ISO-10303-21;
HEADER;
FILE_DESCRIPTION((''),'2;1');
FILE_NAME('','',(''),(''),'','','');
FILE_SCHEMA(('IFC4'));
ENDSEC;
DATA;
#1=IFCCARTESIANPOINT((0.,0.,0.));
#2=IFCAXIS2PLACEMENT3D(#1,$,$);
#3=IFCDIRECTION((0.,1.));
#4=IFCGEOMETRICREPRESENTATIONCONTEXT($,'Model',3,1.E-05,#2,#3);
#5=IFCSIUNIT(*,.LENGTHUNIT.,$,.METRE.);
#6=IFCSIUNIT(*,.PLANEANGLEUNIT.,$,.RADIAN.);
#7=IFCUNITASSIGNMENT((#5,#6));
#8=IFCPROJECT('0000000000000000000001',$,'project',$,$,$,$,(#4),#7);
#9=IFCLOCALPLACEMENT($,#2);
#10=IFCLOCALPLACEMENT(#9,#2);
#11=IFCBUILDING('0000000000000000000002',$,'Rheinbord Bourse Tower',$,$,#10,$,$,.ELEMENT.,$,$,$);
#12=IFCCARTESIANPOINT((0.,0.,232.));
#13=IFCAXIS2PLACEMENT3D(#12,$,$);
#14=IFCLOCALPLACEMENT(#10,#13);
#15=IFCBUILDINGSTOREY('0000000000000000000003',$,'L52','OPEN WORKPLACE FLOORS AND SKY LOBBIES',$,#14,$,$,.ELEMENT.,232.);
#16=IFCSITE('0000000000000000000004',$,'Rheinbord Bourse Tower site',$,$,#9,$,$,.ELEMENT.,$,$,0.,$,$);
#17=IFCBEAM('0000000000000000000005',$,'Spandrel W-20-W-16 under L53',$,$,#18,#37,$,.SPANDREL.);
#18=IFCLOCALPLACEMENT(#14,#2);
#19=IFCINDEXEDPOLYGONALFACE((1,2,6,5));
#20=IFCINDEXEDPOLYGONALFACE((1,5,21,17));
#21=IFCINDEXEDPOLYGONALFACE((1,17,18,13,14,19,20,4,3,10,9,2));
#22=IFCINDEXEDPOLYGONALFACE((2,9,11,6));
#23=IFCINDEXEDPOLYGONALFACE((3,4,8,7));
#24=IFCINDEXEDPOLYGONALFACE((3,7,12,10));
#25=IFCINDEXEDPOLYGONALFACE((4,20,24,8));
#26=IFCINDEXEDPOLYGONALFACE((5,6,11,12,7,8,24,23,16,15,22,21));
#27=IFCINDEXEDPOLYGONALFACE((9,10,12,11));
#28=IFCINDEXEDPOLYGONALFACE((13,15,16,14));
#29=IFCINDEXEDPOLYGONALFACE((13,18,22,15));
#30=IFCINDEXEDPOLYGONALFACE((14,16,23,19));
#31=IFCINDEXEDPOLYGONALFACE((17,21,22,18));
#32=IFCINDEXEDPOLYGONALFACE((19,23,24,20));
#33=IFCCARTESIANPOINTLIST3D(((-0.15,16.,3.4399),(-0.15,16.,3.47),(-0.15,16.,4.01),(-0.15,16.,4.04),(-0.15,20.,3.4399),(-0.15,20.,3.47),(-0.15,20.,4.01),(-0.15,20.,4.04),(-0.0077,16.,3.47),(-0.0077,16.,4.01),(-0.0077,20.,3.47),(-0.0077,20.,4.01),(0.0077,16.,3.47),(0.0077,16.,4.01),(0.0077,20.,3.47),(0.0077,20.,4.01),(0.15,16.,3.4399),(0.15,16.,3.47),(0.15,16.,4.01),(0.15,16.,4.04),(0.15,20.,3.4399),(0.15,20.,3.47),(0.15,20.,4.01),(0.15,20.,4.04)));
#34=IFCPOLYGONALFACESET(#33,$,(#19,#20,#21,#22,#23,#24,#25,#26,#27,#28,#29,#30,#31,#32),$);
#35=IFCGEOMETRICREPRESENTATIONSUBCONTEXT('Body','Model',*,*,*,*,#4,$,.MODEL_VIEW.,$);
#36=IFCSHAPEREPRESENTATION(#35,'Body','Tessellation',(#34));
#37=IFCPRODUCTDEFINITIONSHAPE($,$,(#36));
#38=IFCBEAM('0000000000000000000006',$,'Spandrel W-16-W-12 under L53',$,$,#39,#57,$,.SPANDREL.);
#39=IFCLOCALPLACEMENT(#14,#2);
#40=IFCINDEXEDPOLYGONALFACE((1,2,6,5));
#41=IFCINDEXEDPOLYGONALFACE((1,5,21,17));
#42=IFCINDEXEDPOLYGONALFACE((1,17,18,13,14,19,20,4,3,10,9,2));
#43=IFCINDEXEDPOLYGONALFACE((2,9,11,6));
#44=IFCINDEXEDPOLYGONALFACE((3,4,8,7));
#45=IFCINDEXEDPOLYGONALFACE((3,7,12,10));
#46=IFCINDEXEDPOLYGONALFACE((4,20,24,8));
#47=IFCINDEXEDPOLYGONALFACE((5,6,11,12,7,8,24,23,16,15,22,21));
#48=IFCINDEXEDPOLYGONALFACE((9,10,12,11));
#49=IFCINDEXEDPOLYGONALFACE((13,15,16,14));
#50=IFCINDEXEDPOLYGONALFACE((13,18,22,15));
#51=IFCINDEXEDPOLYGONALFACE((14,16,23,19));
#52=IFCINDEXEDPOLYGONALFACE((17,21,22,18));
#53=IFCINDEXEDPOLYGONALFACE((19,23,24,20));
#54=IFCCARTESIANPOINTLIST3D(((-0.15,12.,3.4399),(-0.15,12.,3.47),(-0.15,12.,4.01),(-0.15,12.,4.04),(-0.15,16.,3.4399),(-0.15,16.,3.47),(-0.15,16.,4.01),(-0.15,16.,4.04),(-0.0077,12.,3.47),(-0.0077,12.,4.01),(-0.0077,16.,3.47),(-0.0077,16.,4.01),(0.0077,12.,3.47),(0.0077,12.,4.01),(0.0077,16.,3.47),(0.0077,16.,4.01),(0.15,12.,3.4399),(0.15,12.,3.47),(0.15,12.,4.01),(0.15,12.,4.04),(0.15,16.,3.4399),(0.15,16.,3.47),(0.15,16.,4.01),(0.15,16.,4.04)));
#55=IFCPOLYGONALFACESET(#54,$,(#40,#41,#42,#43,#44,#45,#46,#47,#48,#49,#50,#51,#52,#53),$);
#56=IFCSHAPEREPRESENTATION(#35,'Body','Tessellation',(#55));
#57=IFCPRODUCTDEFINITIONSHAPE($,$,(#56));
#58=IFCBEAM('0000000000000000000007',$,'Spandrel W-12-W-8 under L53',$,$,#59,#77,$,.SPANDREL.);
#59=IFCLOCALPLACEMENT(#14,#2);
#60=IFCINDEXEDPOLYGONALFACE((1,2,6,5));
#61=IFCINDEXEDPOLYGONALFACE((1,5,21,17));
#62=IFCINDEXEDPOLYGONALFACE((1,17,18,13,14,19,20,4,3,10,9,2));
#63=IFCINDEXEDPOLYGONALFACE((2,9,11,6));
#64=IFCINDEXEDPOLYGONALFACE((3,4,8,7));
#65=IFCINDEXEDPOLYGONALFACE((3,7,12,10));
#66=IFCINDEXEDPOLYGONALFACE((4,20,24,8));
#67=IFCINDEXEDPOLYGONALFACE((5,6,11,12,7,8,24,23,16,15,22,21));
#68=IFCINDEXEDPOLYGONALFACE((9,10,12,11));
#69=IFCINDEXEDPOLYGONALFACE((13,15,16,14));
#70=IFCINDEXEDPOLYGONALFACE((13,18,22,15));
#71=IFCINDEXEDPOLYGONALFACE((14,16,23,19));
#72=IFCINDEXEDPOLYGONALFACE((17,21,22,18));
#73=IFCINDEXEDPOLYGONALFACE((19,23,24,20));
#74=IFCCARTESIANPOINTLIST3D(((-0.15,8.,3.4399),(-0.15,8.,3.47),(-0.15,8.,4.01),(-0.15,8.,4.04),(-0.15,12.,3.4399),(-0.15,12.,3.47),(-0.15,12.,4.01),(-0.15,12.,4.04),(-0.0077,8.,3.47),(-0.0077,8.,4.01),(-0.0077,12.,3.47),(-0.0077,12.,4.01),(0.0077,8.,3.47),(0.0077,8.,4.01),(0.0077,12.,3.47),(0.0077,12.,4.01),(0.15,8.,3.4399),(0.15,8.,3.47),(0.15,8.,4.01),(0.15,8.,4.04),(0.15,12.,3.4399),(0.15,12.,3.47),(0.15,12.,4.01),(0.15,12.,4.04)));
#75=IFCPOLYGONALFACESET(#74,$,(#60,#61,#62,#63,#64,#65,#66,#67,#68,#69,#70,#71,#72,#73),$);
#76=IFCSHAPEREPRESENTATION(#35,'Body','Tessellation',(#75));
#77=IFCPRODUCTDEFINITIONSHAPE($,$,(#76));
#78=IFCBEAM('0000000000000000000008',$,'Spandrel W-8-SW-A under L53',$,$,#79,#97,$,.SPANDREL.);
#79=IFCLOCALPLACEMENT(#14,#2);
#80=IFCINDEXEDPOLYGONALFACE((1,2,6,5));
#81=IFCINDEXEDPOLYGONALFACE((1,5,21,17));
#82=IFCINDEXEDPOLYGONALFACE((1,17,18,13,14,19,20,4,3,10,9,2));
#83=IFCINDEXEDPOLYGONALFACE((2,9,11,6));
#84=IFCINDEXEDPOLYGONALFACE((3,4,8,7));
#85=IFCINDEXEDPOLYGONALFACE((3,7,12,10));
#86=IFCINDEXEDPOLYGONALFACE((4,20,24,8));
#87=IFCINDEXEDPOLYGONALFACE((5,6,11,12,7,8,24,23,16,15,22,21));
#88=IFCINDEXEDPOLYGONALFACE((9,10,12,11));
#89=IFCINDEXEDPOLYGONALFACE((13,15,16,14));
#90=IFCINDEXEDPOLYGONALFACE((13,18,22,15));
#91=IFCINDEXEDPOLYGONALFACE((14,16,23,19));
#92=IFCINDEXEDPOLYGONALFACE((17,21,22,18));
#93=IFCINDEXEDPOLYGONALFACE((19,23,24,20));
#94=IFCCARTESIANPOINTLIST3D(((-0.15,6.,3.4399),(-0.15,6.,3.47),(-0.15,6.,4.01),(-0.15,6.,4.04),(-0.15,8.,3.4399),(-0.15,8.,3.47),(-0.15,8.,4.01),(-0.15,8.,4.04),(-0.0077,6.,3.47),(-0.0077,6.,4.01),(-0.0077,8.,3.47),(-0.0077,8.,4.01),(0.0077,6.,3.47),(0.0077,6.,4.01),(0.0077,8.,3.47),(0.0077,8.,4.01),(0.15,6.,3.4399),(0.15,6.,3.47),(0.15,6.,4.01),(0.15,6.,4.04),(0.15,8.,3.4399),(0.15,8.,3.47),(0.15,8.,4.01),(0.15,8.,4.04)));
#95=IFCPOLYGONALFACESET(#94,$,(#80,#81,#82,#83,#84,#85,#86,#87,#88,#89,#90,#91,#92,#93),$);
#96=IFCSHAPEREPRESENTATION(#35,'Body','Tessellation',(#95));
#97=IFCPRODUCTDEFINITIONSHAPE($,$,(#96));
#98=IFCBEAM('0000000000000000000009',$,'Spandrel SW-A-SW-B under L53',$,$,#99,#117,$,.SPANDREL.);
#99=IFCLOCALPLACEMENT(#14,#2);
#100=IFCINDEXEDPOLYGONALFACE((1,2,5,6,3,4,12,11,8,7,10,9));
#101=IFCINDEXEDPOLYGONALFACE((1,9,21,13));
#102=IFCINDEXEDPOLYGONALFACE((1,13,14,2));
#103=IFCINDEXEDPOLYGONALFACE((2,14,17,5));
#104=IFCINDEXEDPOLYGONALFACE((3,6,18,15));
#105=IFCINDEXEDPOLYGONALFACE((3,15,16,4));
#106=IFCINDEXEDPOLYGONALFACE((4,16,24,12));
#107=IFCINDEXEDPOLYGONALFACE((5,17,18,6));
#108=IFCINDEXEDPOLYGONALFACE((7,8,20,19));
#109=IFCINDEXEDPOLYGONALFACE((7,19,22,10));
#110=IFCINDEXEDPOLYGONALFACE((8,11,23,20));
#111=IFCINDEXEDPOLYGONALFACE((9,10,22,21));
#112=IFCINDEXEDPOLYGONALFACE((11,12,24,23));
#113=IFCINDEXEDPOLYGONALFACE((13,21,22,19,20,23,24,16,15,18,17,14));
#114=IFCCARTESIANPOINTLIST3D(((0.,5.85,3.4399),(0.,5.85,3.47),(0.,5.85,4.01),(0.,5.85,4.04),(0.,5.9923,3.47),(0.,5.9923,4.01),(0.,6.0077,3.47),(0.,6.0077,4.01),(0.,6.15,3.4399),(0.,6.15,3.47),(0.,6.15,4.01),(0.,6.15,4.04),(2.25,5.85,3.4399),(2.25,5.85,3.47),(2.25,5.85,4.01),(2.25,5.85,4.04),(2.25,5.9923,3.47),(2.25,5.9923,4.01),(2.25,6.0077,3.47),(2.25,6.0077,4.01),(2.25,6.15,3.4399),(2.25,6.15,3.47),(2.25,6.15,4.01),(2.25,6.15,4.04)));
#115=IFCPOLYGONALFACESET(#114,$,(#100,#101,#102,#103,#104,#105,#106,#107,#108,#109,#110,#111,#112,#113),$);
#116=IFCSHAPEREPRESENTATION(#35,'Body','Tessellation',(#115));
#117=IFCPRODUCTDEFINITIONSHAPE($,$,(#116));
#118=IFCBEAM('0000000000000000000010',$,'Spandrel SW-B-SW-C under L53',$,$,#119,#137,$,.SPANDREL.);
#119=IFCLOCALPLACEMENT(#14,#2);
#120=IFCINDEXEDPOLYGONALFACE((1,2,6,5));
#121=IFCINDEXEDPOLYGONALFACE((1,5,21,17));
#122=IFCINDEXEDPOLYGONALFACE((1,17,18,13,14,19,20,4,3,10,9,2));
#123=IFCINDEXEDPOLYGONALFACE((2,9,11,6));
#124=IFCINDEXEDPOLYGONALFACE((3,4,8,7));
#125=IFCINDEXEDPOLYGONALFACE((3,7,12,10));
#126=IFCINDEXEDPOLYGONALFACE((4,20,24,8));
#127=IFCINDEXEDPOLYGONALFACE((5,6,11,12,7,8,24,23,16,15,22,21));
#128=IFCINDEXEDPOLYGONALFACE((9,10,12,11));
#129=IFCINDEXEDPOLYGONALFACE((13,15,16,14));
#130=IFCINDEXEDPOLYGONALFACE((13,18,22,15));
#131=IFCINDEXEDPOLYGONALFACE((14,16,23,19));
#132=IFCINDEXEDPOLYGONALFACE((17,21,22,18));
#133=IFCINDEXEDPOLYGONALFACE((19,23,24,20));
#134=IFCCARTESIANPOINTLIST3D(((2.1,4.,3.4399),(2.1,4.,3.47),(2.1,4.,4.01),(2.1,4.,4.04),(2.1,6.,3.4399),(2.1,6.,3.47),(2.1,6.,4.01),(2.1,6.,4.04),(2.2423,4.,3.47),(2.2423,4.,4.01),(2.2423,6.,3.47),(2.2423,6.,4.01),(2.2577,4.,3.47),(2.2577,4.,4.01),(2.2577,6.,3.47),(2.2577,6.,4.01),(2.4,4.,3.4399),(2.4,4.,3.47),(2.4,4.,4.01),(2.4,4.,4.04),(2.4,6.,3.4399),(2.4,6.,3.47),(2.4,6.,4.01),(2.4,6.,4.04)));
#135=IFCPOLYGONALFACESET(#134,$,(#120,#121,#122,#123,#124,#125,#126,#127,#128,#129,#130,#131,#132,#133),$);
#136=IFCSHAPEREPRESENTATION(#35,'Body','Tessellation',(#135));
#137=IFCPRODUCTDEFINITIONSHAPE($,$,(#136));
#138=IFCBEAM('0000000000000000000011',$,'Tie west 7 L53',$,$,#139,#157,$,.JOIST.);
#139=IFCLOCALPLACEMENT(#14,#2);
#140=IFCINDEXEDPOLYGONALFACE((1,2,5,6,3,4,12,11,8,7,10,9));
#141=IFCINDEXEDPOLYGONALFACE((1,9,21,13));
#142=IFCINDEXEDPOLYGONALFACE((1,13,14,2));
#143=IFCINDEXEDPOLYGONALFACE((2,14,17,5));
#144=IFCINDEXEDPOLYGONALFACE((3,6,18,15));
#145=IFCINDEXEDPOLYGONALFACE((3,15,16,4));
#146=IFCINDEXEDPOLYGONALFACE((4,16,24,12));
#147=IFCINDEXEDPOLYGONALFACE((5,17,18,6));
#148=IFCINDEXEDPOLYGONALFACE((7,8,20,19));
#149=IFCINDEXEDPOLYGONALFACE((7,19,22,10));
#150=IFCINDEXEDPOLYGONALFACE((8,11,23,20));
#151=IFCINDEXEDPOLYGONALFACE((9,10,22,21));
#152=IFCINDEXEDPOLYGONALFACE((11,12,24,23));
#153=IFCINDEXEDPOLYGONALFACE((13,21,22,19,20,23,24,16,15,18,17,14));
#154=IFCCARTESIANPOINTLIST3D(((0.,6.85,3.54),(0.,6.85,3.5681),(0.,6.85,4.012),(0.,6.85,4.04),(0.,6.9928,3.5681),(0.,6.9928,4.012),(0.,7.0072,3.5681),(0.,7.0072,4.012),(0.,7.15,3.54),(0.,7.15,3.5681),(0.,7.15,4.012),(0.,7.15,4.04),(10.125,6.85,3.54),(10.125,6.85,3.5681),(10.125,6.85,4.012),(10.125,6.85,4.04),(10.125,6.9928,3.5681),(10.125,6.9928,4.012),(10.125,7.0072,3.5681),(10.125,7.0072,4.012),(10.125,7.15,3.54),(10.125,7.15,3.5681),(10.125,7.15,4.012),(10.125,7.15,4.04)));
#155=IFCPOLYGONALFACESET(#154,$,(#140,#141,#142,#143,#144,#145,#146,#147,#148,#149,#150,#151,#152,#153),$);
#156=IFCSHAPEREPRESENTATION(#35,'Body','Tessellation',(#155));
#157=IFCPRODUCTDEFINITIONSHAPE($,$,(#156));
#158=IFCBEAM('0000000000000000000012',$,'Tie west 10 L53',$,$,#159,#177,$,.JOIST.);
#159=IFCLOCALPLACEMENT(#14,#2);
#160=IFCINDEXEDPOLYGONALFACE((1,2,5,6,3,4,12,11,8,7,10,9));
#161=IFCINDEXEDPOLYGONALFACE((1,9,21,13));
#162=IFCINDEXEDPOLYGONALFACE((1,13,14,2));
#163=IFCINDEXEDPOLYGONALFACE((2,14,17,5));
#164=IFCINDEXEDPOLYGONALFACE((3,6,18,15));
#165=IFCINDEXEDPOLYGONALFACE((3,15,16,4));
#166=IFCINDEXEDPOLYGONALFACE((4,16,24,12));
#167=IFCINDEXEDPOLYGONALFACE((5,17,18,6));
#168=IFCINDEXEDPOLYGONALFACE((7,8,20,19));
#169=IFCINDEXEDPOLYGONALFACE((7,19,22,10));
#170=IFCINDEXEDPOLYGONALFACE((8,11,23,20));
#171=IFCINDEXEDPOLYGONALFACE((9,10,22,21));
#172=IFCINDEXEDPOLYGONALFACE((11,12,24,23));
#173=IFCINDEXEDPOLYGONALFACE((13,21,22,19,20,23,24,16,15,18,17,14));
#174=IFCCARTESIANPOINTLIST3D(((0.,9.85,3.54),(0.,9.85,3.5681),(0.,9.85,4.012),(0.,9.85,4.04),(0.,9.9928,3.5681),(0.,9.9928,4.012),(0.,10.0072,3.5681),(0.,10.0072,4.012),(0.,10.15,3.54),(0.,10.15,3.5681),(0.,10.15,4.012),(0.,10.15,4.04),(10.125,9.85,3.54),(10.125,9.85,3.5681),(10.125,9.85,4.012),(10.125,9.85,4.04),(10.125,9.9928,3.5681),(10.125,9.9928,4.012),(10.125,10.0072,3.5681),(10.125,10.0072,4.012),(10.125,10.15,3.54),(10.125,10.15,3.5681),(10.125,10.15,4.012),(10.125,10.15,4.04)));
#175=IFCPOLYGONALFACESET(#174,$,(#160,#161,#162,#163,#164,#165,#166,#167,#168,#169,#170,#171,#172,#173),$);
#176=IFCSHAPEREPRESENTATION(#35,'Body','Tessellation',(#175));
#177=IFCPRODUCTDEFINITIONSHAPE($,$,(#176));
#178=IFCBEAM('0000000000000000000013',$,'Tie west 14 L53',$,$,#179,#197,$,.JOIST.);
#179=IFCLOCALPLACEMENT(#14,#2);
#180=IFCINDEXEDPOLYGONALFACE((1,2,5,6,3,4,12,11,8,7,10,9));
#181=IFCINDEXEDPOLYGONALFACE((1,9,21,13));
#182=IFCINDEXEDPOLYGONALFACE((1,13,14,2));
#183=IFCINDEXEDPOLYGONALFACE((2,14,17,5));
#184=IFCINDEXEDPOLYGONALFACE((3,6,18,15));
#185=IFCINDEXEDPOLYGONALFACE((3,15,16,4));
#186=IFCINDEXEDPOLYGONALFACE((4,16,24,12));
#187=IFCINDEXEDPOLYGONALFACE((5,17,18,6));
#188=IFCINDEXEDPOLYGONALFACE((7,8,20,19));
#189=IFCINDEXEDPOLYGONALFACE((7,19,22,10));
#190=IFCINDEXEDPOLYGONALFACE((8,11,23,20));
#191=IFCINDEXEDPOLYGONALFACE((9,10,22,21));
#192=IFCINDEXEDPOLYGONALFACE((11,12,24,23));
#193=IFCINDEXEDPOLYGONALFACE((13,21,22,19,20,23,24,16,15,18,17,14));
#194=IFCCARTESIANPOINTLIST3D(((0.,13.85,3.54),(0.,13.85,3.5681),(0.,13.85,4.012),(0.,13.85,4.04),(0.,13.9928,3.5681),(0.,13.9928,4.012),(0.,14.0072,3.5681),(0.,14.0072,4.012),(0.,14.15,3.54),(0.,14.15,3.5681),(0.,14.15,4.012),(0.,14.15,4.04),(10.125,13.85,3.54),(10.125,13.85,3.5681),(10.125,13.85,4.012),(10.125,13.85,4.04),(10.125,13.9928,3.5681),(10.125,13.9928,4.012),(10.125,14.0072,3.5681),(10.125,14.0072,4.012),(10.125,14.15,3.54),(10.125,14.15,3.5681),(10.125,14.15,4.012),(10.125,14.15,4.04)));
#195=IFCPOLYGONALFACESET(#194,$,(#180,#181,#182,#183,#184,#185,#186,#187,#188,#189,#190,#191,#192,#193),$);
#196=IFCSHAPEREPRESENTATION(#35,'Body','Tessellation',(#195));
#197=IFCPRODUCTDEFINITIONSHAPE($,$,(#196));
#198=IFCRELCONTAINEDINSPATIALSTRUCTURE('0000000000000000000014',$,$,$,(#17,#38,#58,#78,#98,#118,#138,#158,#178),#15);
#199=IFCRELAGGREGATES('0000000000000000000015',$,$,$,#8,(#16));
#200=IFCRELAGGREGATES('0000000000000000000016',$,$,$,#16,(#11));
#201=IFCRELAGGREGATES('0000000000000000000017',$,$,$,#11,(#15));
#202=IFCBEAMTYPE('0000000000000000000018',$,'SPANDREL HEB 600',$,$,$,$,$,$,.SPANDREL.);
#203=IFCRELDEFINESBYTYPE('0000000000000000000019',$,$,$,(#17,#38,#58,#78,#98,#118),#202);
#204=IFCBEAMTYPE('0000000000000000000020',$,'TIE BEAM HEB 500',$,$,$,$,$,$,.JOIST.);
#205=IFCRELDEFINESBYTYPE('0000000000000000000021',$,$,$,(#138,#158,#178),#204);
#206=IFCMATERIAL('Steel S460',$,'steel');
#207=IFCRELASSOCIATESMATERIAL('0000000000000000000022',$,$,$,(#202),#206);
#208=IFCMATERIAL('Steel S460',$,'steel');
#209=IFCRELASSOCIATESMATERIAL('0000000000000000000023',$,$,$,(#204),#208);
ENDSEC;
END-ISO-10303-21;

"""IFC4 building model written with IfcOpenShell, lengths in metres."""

from ifc_helpers import new_model, si_unit, direction, frame, origin, origin_2d, place, context, subcontext, project, spatial, i_section, extrude, material, material_profile, profile_set, type_object, element, save


model = new_model("IFC4")

# Units and contexts
model_context = context("Model", 3, precision=1e-05, world=origin(), true_north=direction((0.0, 1.0)))
body_context = subcontext(model_context, "Body", "Model", "MODEL_VIEW")
ifc_project = project(units=[si_unit("LENGTHUNIT", "METRE"), si_unit("PLANEANGLEUNIT", "RADIAN")], contexts=[model_context])

# Site, building, storey
site_placement = place(None, origin())
site = spatial("IfcSite", under=ifc_project, at=site_placement, Name="Rheinbord Bourse Tower site", CompositionType="ELEMENT", RefElevation=0.0)
building_placement = place(site_placement, origin())
building = spatial("IfcBuilding", under=site, at=building_placement, Name="Rheinbord Bourse Tower", CompositionType="ELEMENT")
storey_placement = place(building_placement, frame((0.0, 0.0, 232.0)))
storey = spatial("IfcBuildingStorey", under=building, at=storey_placement, Name="L52", Description="OPEN WORKPLACE FLOORS AND SKY LOBBIES", CompositionType="ELEMENT", Elevation=232.0)

# Beams
ifc_material_1 = material(Name="Steel S460", Category="steel")
ifc_material_profile_1 = material_profile(ifc_material_1, i_section(OverallWidth=0.3, OverallDepth=0.6001, WebThickness=0.0154, FlangeThickness=0.03, at=origin_2d()), Name="HEB 600")
ifc_profile_set_1 = profile_set([ifc_material_profile_1], Name="Steel S460")
beam_type_1 = type_object("IfcBeamType", Name="SPANDREL HEB 600", PredefinedType="SPANDREL", material=ifc_profile_set_1)
for number, where, z_axis, x_axis, name in (
    (1, (0.0, 20.0, 3.74), (0.0, -1.0, 0.0), (1.0, 0.0, 0.0), "Spandrel W-20-W-16 under L53"),
    (2, (0.0, 16.0, 3.74), (0.0, -1.0, 0.0), (1.0, 0.0, 0.0), "Spandrel W-16-W-12 under L53"),
    (3, (0.0, 12.0, 3.74), (0.0, -1.0, 0.0), (1.0, 0.0, 0.0), "Spandrel W-12-W-8 under L53"),
):
    element("IfcBeam", number, at=place(storey_placement, frame(where, z_axis=z_axis, x_axis=x_axis)), inside=storey, type_object=beam_type_1, Name=name, PredefinedType="SPANDREL", context=body_context, shape_type="SweptSolid", body=[
        extrude(i_section(OverallWidth=0.3, OverallDepth=0.6001, WebThickness=0.0154, FlangeThickness=0.03, at=origin_2d()), origin(), (0.0, 0.0, 1.0), 4.0),
    ])
beam_1_placement = place(storey_placement, frame((0.0, 8.0, 3.74), z_axis=(0.0, -1.0, 0.0), x_axis=(1.0, 0.0, 0.0)))
element("IfcBeam", 4, at=beam_1_placement, inside=storey, type_object=beam_type_1, Name="Spandrel W-8-SW-A under L53", PredefinedType="SPANDREL", context=body_context, shape_type="SweptSolid", body=[
    extrude(i_section(OverallWidth=0.3, OverallDepth=0.6001, WebThickness=0.0154, FlangeThickness=0.03, at=origin_2d()), origin(), (0.0, 0.0, 1.0), 2.0),
])
beam_2_placement = place(storey_placement, frame((0.0, 6.0, 3.74), z_axis=(1.0, 0.0, 0.0), x_axis=(0.0, 1.0, 0.0)))
element("IfcBeam", 5, at=beam_2_placement, inside=storey, type_object=beam_type_1, Name="Spandrel SW-A-SW-B under L53", PredefinedType="SPANDREL", context=body_context, shape_type="SweptSolid", body=[
    extrude(i_section(OverallWidth=0.3, OverallDepth=0.6001, WebThickness=0.0154, FlangeThickness=0.03, at=origin_2d()), origin(), (0.0, 0.0, 1.0), 2.25),
])
beam_3_placement = place(storey_placement, frame((2.25, 6.0, 3.74), z_axis=(0.0, -1.0, 0.0), x_axis=(1.0, 0.0, 0.0)))
element("IfcBeam", 6, at=beam_3_placement, inside=storey, type_object=beam_type_1, Name="Spandrel SW-B-SW-C under L53", PredefinedType="SPANDREL", context=body_context, shape_type="SweptSolid", body=[
    extrude(i_section(OverallWidth=0.3, OverallDepth=0.6001, WebThickness=0.0154, FlangeThickness=0.03, at=origin_2d()), origin(), (0.0, 0.0, 1.0), 2.0),
])
ifc_material_2 = material(Name="Steel S460", Category="steel")
ifc_material_profile_2 = material_profile(ifc_material_2, i_section(OverallWidth=0.3, OverallDepth=0.5, WebThickness=0.0144, FlangeThickness=0.0281, at=origin_2d()), Name="HEB 500")
ifc_profile_set_2 = profile_set([ifc_material_profile_2], Name="Steel S460")
beam_type_2 = type_object("IfcBeamType", Name="TIE BEAM HEB 500", PredefinedType="JOIST", material=ifc_profile_set_2)
for number, where, z_axis, x_axis, name in (
    (7, (0.0, 7.0, 3.79), (1.0, 0.0, 0.0), (0.0, 1.0, 0.0), "Tie west 7 L53"),
    (8, (0.0, 10.0, 3.79), (1.0, 0.0, 0.0), (0.0, 1.0, 0.0), "Tie west 10 L53"),
    (9, (0.0, 14.0, 3.79), (1.0, 0.0, 0.0), (0.0, 1.0, 0.0), "Tie west 14 L53"),
):
    element("IfcBeam", number, at=place(storey_placement, frame(where, z_axis=z_axis, x_axis=x_axis)), inside=storey, type_object=beam_type_2, Name=name, PredefinedType="JOIST", context=body_context, shape_type="SweptSolid", body=[
        extrude(i_section(OverallWidth=0.3, OverallDepth=0.5, WebThickness=0.0144, FlangeThickness=0.0281, at=origin_2d()), origin(), (0.0, 0.0, 1.0), 10.125),
    ])

save(model, "model.ifc")
